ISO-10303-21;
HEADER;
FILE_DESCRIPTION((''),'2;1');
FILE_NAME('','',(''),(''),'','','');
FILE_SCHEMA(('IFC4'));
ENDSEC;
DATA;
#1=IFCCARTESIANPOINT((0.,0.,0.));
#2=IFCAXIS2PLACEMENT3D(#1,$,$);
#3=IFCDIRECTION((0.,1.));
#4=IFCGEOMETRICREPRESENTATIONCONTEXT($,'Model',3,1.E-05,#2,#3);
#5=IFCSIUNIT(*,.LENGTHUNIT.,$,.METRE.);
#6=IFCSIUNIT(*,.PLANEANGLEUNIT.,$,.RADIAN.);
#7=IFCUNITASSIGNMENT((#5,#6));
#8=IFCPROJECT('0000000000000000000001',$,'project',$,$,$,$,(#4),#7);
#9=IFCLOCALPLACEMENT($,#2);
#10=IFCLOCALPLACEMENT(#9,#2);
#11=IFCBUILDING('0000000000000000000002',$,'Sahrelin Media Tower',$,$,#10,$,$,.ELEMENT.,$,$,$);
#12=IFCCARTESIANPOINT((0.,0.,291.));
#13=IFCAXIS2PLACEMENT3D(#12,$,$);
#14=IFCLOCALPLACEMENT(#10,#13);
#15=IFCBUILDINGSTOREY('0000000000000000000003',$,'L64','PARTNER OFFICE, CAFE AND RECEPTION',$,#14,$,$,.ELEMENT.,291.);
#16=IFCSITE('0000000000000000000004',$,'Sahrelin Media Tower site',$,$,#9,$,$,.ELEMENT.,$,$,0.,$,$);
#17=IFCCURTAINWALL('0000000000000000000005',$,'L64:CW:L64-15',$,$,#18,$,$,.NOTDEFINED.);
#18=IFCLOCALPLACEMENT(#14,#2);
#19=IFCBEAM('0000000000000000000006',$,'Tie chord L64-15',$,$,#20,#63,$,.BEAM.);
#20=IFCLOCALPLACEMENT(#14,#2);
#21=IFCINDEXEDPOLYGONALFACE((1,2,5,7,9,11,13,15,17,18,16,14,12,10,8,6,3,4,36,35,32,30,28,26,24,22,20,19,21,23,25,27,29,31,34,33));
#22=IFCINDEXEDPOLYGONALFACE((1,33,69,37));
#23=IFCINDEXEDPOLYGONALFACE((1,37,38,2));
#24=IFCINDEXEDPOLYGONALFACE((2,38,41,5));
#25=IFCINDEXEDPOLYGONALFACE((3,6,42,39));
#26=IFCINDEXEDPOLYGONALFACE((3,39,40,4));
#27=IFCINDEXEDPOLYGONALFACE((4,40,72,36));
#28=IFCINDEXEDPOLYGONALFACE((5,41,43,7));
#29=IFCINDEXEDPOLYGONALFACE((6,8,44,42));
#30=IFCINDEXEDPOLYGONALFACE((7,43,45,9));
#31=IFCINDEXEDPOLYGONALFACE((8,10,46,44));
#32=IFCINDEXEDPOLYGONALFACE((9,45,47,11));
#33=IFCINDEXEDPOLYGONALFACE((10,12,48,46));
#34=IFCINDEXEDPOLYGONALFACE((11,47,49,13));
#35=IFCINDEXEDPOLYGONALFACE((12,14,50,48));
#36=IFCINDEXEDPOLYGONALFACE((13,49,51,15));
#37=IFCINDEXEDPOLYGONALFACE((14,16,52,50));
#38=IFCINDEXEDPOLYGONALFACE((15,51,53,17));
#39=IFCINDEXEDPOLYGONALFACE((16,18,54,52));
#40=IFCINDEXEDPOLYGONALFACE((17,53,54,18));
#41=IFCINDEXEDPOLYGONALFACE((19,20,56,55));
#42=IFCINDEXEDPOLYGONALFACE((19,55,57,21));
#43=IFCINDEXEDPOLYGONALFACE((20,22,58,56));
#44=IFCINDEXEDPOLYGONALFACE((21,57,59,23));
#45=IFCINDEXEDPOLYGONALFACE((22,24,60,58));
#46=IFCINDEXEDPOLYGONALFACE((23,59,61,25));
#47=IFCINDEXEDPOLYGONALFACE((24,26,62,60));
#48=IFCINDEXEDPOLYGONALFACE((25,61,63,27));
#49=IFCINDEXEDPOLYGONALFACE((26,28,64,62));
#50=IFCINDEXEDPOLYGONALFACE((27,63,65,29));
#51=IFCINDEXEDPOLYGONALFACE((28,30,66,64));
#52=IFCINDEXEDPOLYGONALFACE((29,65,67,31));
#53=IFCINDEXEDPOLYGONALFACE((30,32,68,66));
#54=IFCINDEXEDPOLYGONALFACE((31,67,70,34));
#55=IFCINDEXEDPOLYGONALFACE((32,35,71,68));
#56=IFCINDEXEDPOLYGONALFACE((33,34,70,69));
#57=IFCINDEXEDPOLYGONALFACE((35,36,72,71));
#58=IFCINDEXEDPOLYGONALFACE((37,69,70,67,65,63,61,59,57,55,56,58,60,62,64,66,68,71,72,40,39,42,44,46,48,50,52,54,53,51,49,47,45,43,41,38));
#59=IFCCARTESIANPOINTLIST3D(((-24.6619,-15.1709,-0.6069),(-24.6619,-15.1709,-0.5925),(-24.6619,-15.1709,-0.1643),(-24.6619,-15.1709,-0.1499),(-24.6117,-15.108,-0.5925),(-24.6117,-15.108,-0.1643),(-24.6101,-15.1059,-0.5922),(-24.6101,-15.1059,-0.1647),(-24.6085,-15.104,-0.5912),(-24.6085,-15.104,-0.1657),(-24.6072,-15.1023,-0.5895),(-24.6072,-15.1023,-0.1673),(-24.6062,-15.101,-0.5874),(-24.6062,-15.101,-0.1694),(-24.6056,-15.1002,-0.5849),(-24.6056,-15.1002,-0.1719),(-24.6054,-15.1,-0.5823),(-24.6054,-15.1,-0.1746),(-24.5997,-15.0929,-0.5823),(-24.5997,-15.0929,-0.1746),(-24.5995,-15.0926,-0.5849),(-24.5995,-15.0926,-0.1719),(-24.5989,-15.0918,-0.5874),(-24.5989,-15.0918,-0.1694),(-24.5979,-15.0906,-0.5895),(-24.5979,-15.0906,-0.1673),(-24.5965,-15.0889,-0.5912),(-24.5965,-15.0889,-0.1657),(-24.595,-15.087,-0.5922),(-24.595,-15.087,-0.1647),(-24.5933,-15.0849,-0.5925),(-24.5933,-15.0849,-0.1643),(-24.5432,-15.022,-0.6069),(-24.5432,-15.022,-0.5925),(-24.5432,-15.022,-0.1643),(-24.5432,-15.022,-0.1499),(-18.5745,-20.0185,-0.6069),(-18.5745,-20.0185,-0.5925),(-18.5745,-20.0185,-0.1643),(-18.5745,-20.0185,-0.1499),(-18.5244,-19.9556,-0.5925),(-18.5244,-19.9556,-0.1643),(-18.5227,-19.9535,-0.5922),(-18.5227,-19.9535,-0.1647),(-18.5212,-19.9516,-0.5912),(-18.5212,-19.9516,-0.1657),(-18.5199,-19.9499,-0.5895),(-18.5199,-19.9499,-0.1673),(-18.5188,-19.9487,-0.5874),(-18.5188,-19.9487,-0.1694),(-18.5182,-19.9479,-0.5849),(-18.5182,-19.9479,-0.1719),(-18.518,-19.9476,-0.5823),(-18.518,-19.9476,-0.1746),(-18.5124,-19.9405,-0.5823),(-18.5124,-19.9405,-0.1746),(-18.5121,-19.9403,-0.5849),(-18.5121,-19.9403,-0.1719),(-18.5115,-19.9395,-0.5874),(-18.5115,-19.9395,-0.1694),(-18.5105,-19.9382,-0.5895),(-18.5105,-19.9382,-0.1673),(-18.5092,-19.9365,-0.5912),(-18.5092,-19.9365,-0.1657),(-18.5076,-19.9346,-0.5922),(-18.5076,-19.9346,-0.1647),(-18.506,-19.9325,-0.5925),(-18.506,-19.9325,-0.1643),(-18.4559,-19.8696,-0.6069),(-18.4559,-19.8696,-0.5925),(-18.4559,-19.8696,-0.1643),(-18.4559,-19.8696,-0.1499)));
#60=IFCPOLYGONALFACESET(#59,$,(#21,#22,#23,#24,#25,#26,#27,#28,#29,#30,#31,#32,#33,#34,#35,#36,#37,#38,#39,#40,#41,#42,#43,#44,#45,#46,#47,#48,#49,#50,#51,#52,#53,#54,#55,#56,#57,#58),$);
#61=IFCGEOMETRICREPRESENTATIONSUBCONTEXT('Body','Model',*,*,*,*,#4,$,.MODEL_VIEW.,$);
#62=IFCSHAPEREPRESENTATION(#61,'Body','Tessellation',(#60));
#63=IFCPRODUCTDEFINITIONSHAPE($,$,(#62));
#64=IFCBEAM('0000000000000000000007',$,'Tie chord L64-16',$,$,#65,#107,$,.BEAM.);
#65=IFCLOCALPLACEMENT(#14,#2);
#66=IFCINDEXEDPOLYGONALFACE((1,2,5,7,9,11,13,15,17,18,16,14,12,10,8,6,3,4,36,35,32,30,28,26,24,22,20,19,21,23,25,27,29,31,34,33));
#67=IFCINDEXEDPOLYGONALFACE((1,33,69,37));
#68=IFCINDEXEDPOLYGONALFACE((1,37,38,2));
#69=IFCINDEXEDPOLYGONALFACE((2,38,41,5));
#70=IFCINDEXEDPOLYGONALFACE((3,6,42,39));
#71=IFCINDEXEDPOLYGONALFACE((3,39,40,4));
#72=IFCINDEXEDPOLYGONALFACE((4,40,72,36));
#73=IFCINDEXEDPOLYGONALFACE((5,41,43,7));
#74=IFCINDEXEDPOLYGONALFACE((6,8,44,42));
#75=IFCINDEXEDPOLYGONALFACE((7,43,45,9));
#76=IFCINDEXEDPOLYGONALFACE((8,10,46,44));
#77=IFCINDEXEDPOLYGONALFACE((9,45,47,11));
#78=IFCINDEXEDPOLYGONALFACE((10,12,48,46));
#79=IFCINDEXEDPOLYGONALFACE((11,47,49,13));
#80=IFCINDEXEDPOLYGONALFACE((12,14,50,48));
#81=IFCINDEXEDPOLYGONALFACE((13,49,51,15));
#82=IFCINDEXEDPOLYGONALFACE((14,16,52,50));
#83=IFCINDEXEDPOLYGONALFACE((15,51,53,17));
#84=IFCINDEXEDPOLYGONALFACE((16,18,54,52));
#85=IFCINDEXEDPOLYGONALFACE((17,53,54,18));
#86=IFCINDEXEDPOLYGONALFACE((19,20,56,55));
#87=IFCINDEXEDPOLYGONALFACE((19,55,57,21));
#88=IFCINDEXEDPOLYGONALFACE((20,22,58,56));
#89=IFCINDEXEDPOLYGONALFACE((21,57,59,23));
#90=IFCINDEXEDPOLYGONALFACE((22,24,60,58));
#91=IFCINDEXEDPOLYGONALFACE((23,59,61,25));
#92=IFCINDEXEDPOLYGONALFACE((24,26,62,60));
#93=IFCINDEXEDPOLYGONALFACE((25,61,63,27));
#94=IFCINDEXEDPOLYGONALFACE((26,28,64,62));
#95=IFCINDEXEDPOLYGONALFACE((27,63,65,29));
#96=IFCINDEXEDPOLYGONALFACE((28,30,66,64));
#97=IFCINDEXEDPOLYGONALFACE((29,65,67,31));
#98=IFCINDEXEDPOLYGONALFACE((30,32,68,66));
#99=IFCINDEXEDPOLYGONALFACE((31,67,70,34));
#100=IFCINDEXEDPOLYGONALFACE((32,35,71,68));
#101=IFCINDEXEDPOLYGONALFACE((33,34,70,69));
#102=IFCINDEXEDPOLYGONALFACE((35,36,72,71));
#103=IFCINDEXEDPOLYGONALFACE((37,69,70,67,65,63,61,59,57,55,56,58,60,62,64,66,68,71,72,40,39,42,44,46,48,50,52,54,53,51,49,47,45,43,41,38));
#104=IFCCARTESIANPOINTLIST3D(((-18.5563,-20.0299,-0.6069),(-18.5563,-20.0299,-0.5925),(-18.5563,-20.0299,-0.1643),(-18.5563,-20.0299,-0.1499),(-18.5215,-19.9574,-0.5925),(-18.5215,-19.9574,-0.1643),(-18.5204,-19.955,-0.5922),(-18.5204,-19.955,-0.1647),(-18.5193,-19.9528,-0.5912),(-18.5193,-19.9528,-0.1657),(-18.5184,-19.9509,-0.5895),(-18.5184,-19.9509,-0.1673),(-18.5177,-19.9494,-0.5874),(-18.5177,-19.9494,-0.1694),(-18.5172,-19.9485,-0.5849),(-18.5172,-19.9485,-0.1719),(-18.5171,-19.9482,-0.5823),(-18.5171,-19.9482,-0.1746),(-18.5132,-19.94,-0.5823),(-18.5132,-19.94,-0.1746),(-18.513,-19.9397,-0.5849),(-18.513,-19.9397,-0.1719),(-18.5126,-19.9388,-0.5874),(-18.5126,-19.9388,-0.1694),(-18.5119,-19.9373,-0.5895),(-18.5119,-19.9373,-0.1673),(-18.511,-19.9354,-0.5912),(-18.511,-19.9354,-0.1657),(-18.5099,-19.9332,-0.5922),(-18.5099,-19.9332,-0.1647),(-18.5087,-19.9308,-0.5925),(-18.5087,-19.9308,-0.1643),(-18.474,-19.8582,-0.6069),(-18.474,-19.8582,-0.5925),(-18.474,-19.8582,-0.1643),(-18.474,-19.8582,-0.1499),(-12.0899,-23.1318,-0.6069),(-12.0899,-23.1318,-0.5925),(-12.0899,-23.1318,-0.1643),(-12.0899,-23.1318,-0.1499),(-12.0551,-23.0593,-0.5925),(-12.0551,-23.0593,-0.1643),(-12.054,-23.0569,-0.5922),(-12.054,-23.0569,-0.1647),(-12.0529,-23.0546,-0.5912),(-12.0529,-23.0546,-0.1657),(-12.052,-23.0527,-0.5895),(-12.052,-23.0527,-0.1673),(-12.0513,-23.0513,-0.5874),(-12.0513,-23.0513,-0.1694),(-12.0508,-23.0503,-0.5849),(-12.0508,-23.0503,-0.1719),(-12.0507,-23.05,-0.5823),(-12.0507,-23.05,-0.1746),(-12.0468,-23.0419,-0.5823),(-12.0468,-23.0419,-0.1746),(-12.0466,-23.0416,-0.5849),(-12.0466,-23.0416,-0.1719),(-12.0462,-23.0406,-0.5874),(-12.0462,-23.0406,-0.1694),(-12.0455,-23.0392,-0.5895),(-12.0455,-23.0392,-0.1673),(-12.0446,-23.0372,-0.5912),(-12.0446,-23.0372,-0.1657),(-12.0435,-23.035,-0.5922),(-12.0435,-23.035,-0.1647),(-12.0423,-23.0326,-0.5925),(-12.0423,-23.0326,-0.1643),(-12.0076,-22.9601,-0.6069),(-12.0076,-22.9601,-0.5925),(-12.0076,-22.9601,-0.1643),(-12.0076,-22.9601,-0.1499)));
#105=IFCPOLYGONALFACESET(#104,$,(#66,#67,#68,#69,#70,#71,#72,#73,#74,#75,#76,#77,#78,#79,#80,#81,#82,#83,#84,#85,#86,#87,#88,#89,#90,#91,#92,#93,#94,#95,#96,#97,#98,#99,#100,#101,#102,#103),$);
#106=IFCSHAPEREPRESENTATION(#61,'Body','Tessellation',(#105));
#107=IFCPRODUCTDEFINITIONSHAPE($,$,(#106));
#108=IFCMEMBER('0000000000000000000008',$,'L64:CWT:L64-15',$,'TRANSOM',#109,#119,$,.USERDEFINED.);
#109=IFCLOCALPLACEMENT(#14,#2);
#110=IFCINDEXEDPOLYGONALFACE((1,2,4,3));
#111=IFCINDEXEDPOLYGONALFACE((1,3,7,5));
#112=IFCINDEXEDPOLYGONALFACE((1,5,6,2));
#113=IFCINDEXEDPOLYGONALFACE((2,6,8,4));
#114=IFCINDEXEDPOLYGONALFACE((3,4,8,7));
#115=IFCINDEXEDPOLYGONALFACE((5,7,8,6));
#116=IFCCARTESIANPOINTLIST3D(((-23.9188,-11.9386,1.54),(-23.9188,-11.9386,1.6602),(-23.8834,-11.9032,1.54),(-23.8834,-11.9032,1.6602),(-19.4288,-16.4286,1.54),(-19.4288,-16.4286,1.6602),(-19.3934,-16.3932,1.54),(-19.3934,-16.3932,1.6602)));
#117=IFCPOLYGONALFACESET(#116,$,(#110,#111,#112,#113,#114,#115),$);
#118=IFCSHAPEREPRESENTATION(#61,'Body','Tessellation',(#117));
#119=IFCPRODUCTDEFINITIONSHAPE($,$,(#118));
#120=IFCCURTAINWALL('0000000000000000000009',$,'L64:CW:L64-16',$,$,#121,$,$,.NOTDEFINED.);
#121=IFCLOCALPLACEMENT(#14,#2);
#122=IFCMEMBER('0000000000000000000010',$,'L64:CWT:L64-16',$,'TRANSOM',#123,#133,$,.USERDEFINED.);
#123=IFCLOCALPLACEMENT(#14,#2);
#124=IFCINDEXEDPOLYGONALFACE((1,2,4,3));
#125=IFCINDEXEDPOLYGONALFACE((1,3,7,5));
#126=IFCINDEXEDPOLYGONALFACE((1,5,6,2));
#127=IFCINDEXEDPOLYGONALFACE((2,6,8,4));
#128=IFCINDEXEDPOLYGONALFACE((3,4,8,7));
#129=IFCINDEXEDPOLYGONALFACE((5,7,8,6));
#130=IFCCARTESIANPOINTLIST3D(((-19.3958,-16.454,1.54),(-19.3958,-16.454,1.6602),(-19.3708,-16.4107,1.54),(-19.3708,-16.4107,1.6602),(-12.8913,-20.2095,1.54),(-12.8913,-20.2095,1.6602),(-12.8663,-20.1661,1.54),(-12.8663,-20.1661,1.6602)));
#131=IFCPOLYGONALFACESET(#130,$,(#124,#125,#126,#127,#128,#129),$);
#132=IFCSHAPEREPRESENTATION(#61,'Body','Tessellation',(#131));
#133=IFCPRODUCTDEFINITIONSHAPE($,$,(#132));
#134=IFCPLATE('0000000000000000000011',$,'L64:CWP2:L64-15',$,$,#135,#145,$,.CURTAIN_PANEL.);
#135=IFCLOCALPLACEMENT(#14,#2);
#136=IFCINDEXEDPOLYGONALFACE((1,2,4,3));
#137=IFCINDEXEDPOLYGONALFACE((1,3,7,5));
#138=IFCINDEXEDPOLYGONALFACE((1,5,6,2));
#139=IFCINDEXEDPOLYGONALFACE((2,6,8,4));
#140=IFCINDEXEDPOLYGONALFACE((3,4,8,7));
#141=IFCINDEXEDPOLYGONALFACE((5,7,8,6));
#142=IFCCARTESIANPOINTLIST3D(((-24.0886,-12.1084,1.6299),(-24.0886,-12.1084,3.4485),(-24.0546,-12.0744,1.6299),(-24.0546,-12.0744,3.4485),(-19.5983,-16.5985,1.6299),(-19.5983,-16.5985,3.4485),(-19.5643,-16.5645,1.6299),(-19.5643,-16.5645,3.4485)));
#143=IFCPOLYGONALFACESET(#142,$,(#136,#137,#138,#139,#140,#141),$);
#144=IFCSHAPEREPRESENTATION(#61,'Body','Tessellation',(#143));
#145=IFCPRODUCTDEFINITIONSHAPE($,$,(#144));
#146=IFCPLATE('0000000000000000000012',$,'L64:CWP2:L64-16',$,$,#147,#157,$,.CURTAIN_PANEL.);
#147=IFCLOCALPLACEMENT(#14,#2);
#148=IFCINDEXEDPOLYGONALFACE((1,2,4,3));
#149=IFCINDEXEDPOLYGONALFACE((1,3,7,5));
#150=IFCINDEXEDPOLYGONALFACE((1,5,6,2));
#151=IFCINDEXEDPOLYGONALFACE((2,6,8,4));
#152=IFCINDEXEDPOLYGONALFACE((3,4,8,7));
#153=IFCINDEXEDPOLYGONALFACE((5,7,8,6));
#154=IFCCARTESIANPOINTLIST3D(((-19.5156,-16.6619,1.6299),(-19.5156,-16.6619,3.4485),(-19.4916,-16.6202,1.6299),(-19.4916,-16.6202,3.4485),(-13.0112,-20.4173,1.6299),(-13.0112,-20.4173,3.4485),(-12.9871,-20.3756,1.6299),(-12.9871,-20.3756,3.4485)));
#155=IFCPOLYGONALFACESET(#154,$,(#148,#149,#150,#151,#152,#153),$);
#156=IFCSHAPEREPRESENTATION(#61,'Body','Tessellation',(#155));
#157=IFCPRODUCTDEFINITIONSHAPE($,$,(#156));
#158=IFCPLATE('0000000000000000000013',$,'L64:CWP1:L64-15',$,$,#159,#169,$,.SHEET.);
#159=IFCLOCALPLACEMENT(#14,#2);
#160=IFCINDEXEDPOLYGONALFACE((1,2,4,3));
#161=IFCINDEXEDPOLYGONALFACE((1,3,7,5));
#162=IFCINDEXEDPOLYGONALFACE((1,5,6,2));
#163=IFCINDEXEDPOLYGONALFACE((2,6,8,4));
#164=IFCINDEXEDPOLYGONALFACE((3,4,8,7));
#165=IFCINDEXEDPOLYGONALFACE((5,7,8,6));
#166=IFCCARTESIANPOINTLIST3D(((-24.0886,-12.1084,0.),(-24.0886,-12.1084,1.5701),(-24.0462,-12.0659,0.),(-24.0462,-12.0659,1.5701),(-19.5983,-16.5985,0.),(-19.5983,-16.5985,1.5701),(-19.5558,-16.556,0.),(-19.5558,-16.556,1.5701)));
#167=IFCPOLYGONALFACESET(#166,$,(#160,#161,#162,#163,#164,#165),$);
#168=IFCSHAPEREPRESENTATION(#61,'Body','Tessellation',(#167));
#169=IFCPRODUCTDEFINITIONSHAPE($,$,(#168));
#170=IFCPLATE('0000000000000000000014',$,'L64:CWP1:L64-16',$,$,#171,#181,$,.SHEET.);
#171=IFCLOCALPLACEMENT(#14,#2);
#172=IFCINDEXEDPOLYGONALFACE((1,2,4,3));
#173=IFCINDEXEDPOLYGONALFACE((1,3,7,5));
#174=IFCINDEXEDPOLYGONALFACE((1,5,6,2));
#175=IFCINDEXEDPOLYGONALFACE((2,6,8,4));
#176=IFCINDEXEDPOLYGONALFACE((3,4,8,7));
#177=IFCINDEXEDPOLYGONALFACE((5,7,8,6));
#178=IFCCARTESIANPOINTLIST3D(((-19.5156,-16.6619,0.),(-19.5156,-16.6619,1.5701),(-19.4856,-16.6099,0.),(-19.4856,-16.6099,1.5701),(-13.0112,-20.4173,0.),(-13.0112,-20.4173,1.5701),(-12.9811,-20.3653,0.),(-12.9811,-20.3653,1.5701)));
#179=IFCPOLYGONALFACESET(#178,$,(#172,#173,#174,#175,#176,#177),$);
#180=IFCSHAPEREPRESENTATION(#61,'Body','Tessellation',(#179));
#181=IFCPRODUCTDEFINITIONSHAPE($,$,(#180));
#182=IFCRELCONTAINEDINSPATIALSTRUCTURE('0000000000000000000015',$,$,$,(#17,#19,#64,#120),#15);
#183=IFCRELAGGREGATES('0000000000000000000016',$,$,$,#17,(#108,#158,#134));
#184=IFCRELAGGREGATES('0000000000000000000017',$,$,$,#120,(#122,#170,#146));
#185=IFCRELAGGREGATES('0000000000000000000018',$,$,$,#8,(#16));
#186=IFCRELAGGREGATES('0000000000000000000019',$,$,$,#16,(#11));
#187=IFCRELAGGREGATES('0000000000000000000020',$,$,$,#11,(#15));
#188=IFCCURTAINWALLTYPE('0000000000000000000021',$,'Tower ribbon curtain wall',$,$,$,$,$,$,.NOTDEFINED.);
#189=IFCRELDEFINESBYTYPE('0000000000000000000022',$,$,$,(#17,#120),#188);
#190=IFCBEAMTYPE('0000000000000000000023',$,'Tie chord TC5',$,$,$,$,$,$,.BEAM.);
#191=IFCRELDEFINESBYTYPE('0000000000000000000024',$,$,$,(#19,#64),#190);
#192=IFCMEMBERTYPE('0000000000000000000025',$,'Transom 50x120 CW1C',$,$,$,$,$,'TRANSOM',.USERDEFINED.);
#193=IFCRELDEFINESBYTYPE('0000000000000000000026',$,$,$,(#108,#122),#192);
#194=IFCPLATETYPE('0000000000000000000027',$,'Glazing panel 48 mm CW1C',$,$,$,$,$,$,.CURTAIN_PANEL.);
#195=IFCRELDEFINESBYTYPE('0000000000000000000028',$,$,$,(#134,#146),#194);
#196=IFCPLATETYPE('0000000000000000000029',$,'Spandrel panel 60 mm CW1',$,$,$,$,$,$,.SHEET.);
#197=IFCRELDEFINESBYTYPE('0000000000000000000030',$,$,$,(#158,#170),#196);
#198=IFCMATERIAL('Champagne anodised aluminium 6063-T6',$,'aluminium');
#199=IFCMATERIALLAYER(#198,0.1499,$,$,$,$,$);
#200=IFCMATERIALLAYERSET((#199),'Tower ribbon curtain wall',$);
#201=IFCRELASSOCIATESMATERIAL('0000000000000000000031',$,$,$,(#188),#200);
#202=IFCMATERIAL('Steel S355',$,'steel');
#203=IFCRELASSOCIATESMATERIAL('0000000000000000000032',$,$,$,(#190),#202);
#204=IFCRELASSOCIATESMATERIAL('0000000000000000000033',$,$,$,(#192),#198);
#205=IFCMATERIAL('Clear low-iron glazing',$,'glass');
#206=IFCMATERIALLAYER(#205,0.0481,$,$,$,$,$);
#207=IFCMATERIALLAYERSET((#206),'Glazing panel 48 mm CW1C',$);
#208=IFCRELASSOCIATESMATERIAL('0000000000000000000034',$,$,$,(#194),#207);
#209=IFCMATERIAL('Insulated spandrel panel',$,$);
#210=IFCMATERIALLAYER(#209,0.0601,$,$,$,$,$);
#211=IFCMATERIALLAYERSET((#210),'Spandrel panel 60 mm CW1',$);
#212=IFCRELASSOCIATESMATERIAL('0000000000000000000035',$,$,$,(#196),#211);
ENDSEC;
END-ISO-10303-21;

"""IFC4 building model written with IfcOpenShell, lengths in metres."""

from ifc_helpers import new_model, si_unit, direction, frame, origin, origin_2d, place, context, subcontext, project, spatial, polyline, rectangle, i_section, outline, extrude, material, layer, layer_set, material_profile, profile_set, type_object, element, aggregate, save


model = new_model("IFC4")

# Units and contexts
model_context = context("Model", 3, precision=1e-05, world=origin(), true_north=direction((0.0, 1.0)))
body_context = subcontext(model_context, "Body", "Model", "MODEL_VIEW")
ifc_project = project(units=[si_unit("LENGTHUNIT", "METRE"), si_unit("PLANEANGLEUNIT", "RADIAN")], contexts=[model_context])

# Site, building, storey
site_placement = place(None, origin())
site = spatial("IfcSite", under=ifc_project, at=site_placement, Name="Sahrelin Media Tower site", CompositionType="ELEMENT", RefElevation=0.0)
building_placement = place(site_placement, origin())
building = spatial("IfcBuilding", under=site, at=building_placement, Name="Sahrelin Media Tower", CompositionType="ELEMENT")
storey_placement = place(building_placement, frame((0.0, 0.0, 291.0)))
storey = spatial("IfcBuildingStorey", under=building, at=storey_placement, Name="L64", Description="PARTNER OFFICE, CAFE AND RECEPTION", CompositionType="ELEMENT", Elevation=291.0)

# Shared definitions
ifc_material_1 = material(Name="Steel S355", Category="steel")

# Curtain wall
ifc_material_2 = material(Name="Champagne anodised aluminium 6063-T6", Category="aluminium")
ifc_layer_1 = layer(ifc_material_2, 0.1499)
ifc_layer_set_1 = layer_set([ifc_layer_1], Name="Tower ribbon curtain wall")
curtain_wall_type = type_object("IfcCurtainWallType", Name="Tower ribbon curtain wall", PredefinedType="NOTDEFINED", material=ifc_layer_set_1)
curtain_wall_1_placement = place(storey_placement, frame((-21.8293, -14.3391, 0.0), z_axis=(0.0, 0.0, 1.0), x_axis=(1.0, 0.0, 0.0)))
curtain_wall_1 = element("IfcCurtainWall", 1, at=curtain_wall_1_placement, inside=storey, type_object=curtain_wall_type, Name="L64:CW:L64-15", PredefinedType="NOTDEFINED")

# Beams
ifc_material_profile_1 = material_profile(ifc_material_1, i_section(OverallWidth=0.1904, OverallDepth=0.457, WebThickness=0.009, FlangeThickness=0.0144, FilletRadius=0.0103, at=origin_2d()), Name="UB 457x191x74")
ifc_profile_set_1 = profile_set([ifc_material_profile_1], Name="Steel S355")
beam_type_1 = type_object("IfcBeamType", Name="Tie chord TC5", PredefinedType="BEAM", material=ifc_profile_set_1)
beam_1_placement = place(storey_placement, frame((-24.6025, -15.0964, -0.3784), z_axis=(0.782263, -0.622949, 0.0), x_axis=(0.622949, 0.782263, 0.0)))
element("IfcBeam", 2, at=beam_1_placement, inside=storey, type_object=beam_type_1, Name="Tie chord L64-15", PredefinedType="BEAM", context=body_context, shape_type="SweptSolid", body=[
    extrude(i_section(OverallWidth=0.1904, OverallDepth=0.457, WebThickness=0.009, FlangeThickness=0.0144, FilletRadius=0.0103, at=origin_2d()), origin(), (0.0, 0.0, 1.0), 7.7817),
])
beam_2_placement = place(storey_placement, frame((-18.5151, -19.9441, -0.3784), z_axis=(0.901633, -0.432502, 0.0), x_axis=(0.432502, 0.901633, 0.0)))
element("IfcBeam", 3, at=beam_2_placement, inside=storey, type_object=beam_type_1, Name="Tie chord L64-16", PredefinedType="BEAM", context=body_context, shape_type="SweptSolid", body=[
    extrude(i_section(OverallWidth=0.1904, OverallDepth=0.457, WebThickness=0.009, FlangeThickness=0.0144, FilletRadius=0.0103, at=origin_2d()), origin(), (0.0, 0.0, 1.0), 7.1719),
])

# Member
ifc_material_profile_2 = material_profile(ifc_material_2, rectangle(XDim=0.05, YDim=0.1201, at=origin_2d()), Name="Transom 50x120")
ifc_profile_set_2 = profile_set([ifc_material_profile_2], Name="Champagne anodised aluminium 6063-T6")
member_type_1 = type_object("IfcMemberType", Name="Transom 50x120 CW1C", ElementType="TRANSOM", PredefinedType="USERDEFINED", material=ifc_profile_set_2)
member_1_placement = place(storey_placement, frame((-23.9011, -11.9209, 1.6001), z_axis=(0.707107, -0.707107, 0.0), x_axis=(0.707107, 0.707107, 0.0)))
member_1 = element("IfcMember", 4, at=member_1_placement, type_object=member_type_1, Name="L64:CWT:L64-15", ObjectType="TRANSOM", PredefinedType="USERDEFINED", context=body_context, shape_type="SweptSolid", body=[
    extrude(rectangle(XDim=0.05, YDim=0.1201, at=origin_2d()), origin(), (0.0, 0.0, 1.0), 6.3499),
])

# Curtain wall, member
curtain_wall_2_placement = place(storey_placement, frame((-16.2534, -18.5222, 0.0), z_axis=(0.0, 0.0, 1.0), x_axis=(1.0, 0.0, 0.0)))
curtain_wall_2 = element("IfcCurtainWall", 5, at=curtain_wall_2_placement, inside=storey, type_object=curtain_wall_type, Name="L64:CW:L64-16", PredefinedType="NOTDEFINED")
member_2_placement = place(storey_placement, frame((-19.3833, -16.4324, 1.6001), z_axis=(0.866022, -0.500006, 0.0), x_axis=(0.500006, 0.866022, 0.0)))
member_2 = element("IfcMember", 6, at=member_2_placement, type_object=member_type_1, Name="L64:CWT:L64-16", ObjectType="TRANSOM", PredefinedType="USERDEFINED", context=body_context, shape_type="SweptSolid", body=[
    extrude(rectangle(XDim=0.05, YDim=0.1201, at=origin_2d()), origin(), (0.0, 0.0, 1.0), 7.5107),
])

# Plates
ifc_material_3 = material(Name="Clear low-iron glazing", Category="glass")
ifc_layer_2 = layer(ifc_material_3, 0.0481)
ifc_layer_set_2 = layer_set([ifc_layer_2], Name="Glazing panel 48 mm CW1C")
plate_type_1 = type_object("IfcPlateType", Name="Glazing panel 48 mm CW1C", PredefinedType="CURTAIN_PANEL", material=ifc_layer_set_2)
plate_1_placement = place(storey_placement, frame((-24.0886, -12.1084, 1.6299), z_axis=(-0.707088, -0.707126, 0.0), x_axis=(0.707126, -0.707088, 0.0)))
plate_1 = element("IfcPlate", 7, at=plate_1_placement, type_object=plate_type_1, Name="L64:CWP2:L64-15", PredefinedType="CURTAIN_PANEL", context=body_context, shape_type="SweptSolid", body=[
    extrude(outline(polyline([(0.0, 0.0), (6.3501, 0.0), (6.3501, 1.8186), (0.0, 1.8186), (0.0, 0.0)])), origin(), (0.0, 0.0, -1.0), 0.0481),
])
plate_2_placement = place(storey_placement, frame((-19.5156, -16.6619, 1.6299), z_axis=(-0.500006, -0.866022, 0.0), x_axis=(0.866022, -0.500006, 0.0)))
plate_2 = element("IfcPlate", 8, at=plate_2_placement, type_object=plate_type_1, Name="L64:CWP2:L64-16", PredefinedType="CURTAIN_PANEL", context=body_context, shape_type="SweptSolid", body=[
    extrude(outline(polyline([(0.0, 0.0), (7.5107, 0.0), (7.5107, 1.8186), (0.0, 1.8186), (0.0, 0.0)])), origin(), (0.0, 0.0, -1.0), 0.0481),
])
ifc_material_4 = material(Name="Insulated spandrel panel")
ifc_layer_3 = layer(ifc_material_4, 0.0601)
ifc_layer_set_3 = layer_set([ifc_layer_3], Name="Spandrel panel 60 mm CW1")
plate_type_2 = type_object("IfcPlateType", Name="Spandrel panel 60 mm CW1", PredefinedType="SHEET", material=ifc_layer_set_3)
plate_3_placement = place(storey_placement, frame((-24.0886, -12.1084, 0.0), z_axis=(-0.707088, -0.707126, 0.0), x_axis=(0.707126, -0.707088, 0.0)))
plate_3 = element("IfcPlate", 9, at=plate_3_placement, type_object=plate_type_2, Name="L64:CWP1:L64-15", PredefinedType="SHEET", context=body_context, shape_type="SweptSolid", body=[
    extrude(outline(polyline([(0.0, 0.0), (6.3501, 0.0), (6.3501, 1.5701), (0.0, 1.5701), (0.0, 0.0)])), origin(), (0.0, 0.0, -1.0), 0.0601),
])
aggregate(curtain_wall_1, [member_1, plate_3, plate_1])
plate_4_placement = place(storey_placement, frame((-19.5156, -16.6619, 0.0), z_axis=(-0.500006, -0.866022, 0.0), x_axis=(0.866022, -0.500006, 0.0)))
plate_4 = element("IfcPlate", 10, at=plate_4_placement, type_object=plate_type_2, Name="L64:CWP1:L64-16", PredefinedType="SHEET", context=body_context, shape_type="SweptSolid", body=[
    extrude(outline(polyline([(0.0, 0.0), (7.5107, 0.0), (7.5107, 1.5701), (0.0, 1.5701), (0.0, 0.0)])), origin(), (0.0, 0.0, -1.0), 0.0601),
])
aggregate(curtain_wall_2, [member_2, plate_4, plate_2])

save(model, "model.ifc")
